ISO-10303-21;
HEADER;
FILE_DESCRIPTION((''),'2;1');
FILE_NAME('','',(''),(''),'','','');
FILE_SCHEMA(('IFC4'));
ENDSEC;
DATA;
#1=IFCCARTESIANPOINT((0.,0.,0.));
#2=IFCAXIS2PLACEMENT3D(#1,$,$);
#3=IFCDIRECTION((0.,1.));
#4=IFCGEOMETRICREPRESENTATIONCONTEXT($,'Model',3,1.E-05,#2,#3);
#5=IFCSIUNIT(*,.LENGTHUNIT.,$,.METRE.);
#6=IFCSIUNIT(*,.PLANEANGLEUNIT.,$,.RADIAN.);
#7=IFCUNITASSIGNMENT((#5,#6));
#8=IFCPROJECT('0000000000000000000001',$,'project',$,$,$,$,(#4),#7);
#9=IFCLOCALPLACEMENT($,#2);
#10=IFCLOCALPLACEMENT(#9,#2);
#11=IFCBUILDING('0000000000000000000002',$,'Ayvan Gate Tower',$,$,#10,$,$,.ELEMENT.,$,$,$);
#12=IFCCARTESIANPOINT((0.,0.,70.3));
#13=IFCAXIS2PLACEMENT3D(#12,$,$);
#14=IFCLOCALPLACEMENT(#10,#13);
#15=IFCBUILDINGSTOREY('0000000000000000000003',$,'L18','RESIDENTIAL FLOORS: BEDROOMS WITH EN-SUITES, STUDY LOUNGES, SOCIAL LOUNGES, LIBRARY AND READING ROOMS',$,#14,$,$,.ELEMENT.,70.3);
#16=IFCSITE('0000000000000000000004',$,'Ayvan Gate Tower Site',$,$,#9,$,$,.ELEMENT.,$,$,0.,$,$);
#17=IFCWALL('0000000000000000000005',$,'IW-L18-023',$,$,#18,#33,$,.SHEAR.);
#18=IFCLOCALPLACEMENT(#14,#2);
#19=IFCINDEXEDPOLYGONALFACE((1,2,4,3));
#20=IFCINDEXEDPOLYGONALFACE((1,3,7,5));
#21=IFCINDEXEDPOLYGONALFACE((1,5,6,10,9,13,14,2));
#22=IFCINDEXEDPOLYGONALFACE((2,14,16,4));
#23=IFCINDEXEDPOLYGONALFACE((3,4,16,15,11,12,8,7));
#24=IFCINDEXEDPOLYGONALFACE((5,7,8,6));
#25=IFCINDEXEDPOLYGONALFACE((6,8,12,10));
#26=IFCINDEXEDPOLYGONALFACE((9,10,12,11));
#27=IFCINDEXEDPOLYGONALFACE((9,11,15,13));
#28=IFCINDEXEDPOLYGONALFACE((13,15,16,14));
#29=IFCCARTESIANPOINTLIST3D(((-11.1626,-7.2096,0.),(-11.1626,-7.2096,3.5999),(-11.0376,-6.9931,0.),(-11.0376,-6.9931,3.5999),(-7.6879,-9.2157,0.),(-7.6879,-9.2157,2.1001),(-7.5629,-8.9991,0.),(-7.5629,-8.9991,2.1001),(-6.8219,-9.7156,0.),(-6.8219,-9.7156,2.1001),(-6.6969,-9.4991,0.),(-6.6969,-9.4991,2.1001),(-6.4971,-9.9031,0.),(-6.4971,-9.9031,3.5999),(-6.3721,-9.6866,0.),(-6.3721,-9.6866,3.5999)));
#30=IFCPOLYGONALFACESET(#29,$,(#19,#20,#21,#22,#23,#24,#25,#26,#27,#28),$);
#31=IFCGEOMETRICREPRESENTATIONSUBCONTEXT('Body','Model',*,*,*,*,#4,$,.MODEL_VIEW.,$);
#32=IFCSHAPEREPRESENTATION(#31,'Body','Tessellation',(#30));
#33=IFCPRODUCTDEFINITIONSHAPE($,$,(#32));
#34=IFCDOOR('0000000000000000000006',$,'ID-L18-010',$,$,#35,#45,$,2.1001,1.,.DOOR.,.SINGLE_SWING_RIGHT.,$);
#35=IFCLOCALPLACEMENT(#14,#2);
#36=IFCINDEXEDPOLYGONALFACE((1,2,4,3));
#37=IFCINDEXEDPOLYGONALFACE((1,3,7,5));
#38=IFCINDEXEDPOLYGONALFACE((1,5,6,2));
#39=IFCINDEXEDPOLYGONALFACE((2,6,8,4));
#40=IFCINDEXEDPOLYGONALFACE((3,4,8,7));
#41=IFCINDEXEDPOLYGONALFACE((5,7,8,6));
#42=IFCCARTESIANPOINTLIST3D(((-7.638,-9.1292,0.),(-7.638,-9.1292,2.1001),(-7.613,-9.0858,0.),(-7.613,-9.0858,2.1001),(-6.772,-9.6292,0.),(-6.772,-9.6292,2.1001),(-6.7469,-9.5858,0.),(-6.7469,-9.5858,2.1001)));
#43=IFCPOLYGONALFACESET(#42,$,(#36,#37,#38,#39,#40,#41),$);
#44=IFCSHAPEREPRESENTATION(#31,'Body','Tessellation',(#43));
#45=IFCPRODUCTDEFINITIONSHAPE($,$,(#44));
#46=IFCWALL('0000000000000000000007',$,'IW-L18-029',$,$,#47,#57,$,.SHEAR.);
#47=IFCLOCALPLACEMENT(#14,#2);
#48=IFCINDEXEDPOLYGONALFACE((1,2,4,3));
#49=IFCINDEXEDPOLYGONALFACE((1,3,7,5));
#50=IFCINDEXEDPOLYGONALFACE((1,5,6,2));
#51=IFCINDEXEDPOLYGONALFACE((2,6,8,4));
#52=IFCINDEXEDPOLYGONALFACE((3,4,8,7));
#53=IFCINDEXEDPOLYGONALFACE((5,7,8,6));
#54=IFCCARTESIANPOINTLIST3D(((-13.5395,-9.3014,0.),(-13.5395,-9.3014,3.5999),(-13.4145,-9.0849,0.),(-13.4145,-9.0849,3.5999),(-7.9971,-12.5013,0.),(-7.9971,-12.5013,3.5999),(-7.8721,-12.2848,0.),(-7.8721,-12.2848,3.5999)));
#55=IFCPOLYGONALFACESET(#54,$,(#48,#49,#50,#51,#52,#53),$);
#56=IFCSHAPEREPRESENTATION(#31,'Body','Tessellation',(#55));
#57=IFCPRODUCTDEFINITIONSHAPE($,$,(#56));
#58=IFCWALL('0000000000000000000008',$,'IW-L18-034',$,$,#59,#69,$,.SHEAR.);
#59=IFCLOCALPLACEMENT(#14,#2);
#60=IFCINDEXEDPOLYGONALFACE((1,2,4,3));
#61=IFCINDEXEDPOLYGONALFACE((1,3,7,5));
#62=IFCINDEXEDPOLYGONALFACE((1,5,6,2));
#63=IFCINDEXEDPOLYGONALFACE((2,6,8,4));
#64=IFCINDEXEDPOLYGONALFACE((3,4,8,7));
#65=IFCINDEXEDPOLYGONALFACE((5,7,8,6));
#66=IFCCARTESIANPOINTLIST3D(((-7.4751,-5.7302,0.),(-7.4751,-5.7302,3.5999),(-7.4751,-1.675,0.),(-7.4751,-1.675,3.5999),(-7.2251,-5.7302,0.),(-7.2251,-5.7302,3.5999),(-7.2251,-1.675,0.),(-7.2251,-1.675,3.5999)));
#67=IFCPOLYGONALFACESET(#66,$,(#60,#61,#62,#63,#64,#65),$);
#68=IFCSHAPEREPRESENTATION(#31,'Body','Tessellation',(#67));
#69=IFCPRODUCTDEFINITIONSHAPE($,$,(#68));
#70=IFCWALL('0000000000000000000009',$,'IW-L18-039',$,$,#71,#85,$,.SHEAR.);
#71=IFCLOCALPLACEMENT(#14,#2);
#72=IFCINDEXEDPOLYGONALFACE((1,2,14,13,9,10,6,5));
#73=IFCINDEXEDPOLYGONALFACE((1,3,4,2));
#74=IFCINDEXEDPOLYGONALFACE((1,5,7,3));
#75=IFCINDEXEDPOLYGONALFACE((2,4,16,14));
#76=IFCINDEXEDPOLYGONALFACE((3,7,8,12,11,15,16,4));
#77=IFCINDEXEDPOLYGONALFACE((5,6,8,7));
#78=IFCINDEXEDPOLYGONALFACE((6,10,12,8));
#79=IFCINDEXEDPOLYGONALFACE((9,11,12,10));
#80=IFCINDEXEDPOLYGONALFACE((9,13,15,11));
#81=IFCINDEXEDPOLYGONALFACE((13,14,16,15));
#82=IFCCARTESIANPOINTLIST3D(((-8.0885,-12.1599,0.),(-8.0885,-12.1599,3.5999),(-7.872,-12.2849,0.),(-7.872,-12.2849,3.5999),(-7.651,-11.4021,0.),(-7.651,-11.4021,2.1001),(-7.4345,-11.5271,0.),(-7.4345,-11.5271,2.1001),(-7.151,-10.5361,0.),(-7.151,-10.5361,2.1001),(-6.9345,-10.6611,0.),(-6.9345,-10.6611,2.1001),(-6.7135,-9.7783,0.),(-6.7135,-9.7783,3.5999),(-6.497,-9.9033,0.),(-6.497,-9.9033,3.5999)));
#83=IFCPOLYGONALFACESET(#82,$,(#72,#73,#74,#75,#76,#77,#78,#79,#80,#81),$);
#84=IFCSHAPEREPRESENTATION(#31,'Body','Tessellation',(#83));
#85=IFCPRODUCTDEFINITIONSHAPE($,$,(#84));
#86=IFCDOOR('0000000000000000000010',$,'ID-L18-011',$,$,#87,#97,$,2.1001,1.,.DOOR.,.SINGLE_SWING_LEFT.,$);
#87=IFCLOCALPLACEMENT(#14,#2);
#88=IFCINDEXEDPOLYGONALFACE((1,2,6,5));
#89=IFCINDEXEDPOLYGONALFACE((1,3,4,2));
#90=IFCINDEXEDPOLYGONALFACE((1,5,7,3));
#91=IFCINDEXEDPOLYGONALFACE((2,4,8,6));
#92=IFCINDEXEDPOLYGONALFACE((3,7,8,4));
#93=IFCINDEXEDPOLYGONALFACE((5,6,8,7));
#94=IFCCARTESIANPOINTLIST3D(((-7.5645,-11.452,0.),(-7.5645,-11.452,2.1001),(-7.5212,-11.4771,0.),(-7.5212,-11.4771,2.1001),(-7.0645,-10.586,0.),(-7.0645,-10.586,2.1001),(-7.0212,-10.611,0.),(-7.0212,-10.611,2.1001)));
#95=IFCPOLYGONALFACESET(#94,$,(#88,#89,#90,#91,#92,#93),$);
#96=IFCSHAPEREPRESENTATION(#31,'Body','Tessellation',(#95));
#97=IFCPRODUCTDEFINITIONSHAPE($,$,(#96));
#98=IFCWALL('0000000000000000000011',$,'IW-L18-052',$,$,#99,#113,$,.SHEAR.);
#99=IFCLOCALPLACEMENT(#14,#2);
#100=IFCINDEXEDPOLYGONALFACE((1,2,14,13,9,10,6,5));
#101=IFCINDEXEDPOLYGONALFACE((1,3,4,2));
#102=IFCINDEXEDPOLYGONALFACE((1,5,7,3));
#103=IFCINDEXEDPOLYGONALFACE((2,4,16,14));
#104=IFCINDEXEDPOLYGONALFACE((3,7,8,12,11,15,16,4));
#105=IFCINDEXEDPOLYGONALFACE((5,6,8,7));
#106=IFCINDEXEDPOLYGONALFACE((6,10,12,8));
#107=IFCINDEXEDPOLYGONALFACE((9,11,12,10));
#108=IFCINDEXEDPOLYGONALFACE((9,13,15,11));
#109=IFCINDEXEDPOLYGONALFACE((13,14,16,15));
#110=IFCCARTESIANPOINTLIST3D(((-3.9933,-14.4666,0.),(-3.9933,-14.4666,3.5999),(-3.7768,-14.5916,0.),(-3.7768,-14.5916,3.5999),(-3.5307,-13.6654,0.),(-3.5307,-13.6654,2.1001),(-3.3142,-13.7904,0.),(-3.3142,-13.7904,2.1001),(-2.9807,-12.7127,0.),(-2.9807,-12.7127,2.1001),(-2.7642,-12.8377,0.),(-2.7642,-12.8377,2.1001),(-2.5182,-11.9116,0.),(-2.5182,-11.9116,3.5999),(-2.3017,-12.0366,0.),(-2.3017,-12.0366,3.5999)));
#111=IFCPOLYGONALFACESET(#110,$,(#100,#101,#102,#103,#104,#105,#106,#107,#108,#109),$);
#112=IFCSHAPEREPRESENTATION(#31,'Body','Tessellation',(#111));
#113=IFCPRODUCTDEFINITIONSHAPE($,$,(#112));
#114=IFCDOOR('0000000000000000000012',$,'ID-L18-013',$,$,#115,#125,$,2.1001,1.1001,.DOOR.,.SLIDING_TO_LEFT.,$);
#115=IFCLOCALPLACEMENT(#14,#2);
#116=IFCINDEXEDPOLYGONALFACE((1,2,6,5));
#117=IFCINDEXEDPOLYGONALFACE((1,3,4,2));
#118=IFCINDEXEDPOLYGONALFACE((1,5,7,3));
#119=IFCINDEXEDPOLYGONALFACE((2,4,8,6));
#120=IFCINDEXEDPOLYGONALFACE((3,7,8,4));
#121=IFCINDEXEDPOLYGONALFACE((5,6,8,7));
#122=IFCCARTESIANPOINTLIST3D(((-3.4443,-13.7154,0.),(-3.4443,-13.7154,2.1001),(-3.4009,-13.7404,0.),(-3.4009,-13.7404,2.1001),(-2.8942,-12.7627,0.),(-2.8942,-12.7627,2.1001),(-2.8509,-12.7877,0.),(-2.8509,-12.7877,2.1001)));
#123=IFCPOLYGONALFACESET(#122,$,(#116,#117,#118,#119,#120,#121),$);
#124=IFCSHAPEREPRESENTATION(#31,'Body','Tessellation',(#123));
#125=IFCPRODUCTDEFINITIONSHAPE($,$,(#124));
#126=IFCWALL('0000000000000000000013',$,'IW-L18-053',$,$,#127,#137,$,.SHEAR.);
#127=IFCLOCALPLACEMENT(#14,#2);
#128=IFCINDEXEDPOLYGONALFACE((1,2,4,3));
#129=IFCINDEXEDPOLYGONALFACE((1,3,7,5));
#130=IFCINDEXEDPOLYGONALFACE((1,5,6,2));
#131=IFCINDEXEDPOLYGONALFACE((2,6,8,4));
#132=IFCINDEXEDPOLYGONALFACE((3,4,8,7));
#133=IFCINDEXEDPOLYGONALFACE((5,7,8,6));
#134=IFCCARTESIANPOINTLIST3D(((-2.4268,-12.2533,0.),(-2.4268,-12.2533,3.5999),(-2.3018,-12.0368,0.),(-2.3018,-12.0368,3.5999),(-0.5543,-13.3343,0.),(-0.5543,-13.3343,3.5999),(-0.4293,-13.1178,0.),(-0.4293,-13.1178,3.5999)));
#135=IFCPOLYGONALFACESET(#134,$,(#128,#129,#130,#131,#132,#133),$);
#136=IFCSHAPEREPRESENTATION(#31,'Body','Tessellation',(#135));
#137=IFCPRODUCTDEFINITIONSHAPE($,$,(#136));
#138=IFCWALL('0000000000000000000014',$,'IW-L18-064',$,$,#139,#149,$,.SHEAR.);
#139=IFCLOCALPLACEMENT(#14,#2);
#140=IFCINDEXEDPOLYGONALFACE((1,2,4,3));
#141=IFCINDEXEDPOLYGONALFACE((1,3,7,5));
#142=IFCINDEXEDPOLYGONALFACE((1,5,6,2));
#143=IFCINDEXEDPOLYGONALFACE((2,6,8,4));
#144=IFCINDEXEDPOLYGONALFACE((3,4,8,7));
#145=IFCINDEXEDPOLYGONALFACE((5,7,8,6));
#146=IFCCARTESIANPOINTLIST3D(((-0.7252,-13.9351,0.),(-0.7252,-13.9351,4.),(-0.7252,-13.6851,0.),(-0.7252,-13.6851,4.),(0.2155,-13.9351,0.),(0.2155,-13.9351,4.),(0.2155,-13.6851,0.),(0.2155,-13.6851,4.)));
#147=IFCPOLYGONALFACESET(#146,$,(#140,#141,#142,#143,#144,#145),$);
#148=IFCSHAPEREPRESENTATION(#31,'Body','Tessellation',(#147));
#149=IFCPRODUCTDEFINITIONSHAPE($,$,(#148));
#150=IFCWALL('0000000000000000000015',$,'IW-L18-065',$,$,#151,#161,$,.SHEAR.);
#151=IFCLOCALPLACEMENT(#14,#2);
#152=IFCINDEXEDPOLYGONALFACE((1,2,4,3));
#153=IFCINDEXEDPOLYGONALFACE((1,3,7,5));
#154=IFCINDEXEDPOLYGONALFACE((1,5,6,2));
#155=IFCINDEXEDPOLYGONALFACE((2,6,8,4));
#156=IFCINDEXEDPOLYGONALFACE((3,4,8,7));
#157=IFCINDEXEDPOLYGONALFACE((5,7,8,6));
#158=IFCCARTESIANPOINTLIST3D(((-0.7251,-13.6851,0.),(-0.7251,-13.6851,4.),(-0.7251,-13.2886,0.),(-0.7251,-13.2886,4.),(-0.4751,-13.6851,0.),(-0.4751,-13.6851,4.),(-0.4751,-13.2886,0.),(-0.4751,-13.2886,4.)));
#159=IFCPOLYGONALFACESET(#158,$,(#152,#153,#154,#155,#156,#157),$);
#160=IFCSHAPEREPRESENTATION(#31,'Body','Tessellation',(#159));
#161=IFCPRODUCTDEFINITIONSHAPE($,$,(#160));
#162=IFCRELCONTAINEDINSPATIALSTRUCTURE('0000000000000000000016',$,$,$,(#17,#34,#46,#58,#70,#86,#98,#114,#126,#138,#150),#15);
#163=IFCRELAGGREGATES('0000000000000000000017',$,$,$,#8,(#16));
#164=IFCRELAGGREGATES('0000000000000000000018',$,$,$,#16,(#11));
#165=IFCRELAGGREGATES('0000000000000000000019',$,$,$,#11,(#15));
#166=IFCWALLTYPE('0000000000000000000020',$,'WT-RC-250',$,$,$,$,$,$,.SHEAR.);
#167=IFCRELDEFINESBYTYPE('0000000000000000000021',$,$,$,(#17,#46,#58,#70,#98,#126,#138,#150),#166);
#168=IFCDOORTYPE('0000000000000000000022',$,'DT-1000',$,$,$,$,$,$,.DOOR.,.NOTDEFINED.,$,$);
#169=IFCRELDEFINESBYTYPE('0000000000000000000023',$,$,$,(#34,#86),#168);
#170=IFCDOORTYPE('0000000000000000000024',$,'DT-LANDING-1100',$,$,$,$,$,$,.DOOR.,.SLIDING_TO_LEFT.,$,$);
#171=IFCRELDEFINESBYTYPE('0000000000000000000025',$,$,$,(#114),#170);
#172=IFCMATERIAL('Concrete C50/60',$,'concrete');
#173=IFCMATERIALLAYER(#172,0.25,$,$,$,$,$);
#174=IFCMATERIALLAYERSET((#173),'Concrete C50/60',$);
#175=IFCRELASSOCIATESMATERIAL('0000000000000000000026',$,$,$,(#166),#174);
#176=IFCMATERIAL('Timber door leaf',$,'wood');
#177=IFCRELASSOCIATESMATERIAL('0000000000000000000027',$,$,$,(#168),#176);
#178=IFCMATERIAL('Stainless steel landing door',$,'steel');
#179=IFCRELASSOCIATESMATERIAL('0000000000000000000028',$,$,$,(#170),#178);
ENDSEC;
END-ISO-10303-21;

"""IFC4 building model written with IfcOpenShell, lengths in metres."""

from ifc_helpers import new_model, si_unit, direction, frame, frame_2d, origin, place, context, subcontext, project, spatial, rectangle, extrude, material, layer, layer_set, type_object, element, fill, save


model = new_model("IFC4")

# Units and contexts
model_context = context("Model", 3, precision=1e-05, world=origin(), true_north=direction((0.0, 1.0)))
body_context = subcontext(model_context, "Body", "Model", "MODEL_VIEW")
ifc_project = project(units=[si_unit("LENGTHUNIT", "METRE"), si_unit("PLANEANGLEUNIT", "RADIAN")], contexts=[model_context])

# Site, building, storey
site_placement = place(None, origin())
site = spatial("IfcSite", under=ifc_project, at=site_placement, Name="Ayvan Gate Tower Site", CompositionType="ELEMENT", RefElevation=0.0)
building_placement = place(site_placement, origin())
building = spatial("IfcBuilding", under=site, at=building_placement, Name="Ayvan Gate Tower", CompositionType="ELEMENT")
storey_placement = place(building_placement, frame((0.0, 0.0, 70.3)))
storey = spatial("IfcBuildingStorey", under=building, at=storey_placement, Name="L18", Description="RESIDENTIAL FLOORS: BEDROOMS WITH EN-SUITES, STUDY LOUNGES, SOCIAL LOUNGES, LIBRARY AND READING ROOMS", CompositionType="ELEMENT", Elevation=70.3)

# Shared definitions
ifc_material_1 = material(Name="Timber door leaf", Category="wood")

# Shared definitions
ifc_material_2 = material(Name="Concrete C50/60", Category="concrete")
ifc_layer_1 = layer(ifc_material_2, 0.25)
ifc_layer_set_1 = layer_set([ifc_layer_1], Name="Concrete C50/60")
wall_type_1 = type_object("IfcWallType", Name="WT-RC-250", PredefinedType="SHEAR", material=ifc_layer_set_1)

# Wall, opening, door
wall_1_placement = place(storey_placement, frame((-11.1001, -7.1013, 0.0), z_axis=(0.0, 0.0, 1.0), x_axis=(0.866029, -0.499994, 0.0)))
wall_1 = element("IfcWall", 1, at=wall_1_placement, inside=storey, type_object=wall_type_1, Name="IW-L18-023", PredefinedType="SHEAR", context=body_context, shape_type="SweptSolid", body=[
    extrude(rectangle(XDim=5.3872, YDim=0.25, at=frame_2d((2.6936, 0.0))), origin(), (0.0, 0.0, 1.0), 3.5999),
])
opening_1_placement = place(wall_1_placement, frame((4.0122, 0.0, 0.0)))
opening_1 = element("IfcOpeningElement", 2, at=opening_1_placement, cuts=wall_1, PredefinedType="OPENING", context=body_context, shape_type="SweptSolid", body=[
    extrude(rectangle(XDim=1.0, YDim=2.1001, at=frame_2d((0.5, 1.05))), frame((0.0, 0.135, 0.0), z_axis=(0.0, -1.0, 0.0), x_axis=(1.0, 0.0, 0.0)), (0.0, 0.0, 1.0), 0.27),
])
door_type_1 = type_object("IfcDoorType", Name="DT-1000", OperationType="NOTDEFINED", PredefinedType="DOOR", material=ifc_material_1)
door_1_placement = place(opening_1_placement, origin())
door_1 = element("IfcDoor", 3, at=door_1_placement, inside=storey, type_object=door_type_1, Name="ID-L18-010", OperationType="SINGLE_SWING_RIGHT", OverallHeight=2.1001, OverallWidth=1.0, PredefinedType="DOOR", context=body_context, shape_type="SweptSolid", body=[
    extrude(rectangle(XDim=1.0, YDim=2.1001, at=frame_2d((0.5, 1.05))), frame((0.0, 0.0249, 0.0), z_axis=(0.0, -1.0, 0.0), x_axis=(1.0, 0.0, 0.0)), (0.0, 0.0, 1.0), 0.05),
])
fill(opening_1, door_1)

# Walls
wall_2_placement = place(storey_placement, frame((-7.9346, -12.3931, 0.0), z_axis=(0.0, 0.0, 1.0), x_axis=(-0.866025, 0.5, 0.0)))
element("IfcWall", 4, at=wall_2_placement, inside=storey, type_object=wall_type_1, Name="IW-L18-029", PredefinedType="SHEAR", context=body_context, shape_type="SweptSolid", body=[
    extrude(rectangle(XDim=6.3999, YDim=0.25, at=frame_2d((3.2, 0.0))), origin(), (0.0, 0.0, 1.0), 3.5999),
])
wall_3_placement = place(storey_placement, frame((-7.3501, -5.7302, 0.0), z_axis=(0.0, 0.0, 1.0), x_axis=(0.0, 1.0, 0.0)))
element("IfcWall", 5, at=wall_3_placement, inside=storey, type_object=wall_type_1, Name="IW-L18-034", PredefinedType="SHEAR", context=body_context, shape_type="SweptSolid", body=[
    extrude(rectangle(XDim=4.0552, YDim=0.25, at=frame_2d((2.0276, 0.0))), origin(), (0.0, 0.0, 1.0), 3.5999),
])

# Walls, openings, doors
wall_4_placement = place(storey_placement, frame((-6.6052, -9.8408, 0.0), z_axis=(0.0, 0.0, 1.0), x_axis=(-0.499997, -0.866027, 0.0)))
wall_4 = element("IfcWall", 6, at=wall_4_placement, inside=storey, type_object=wall_type_1, Name="IW-L18-039", PredefinedType="SHEAR", context=body_context, shape_type="SweptSolid", body=[
    extrude(rectangle(XDim=2.75, YDim=0.25, at=frame_2d((1.375, 0.0))), origin(), (0.0, 0.0, 1.0), 3.5999),
])
opening_2_placement = place(wall_4_placement, frame((0.875, 0.0, 0.0)))
opening_2 = element("IfcOpeningElement", 7, at=opening_2_placement, cuts=wall_4, PredefinedType="OPENING", context=body_context, shape_type="SweptSolid", body=[
    extrude(rectangle(XDim=1.0, YDim=2.1001, at=frame_2d((0.5, 1.05))), frame((0.0, 0.135, 0.0), z_axis=(0.0, -1.0, 0.0), x_axis=(1.0, 0.0, 0.0)), (0.0, 0.0, 1.0), 0.27),
])
door_2_placement = place(opening_2_placement, origin())
door_2 = element("IfcDoor", 8, at=door_2_placement, inside=storey, type_object=door_type_1, Name="ID-L18-011", OperationType="SINGLE_SWING_LEFT", OverallHeight=2.1001, OverallWidth=1.0, PredefinedType="DOOR", context=body_context, shape_type="SweptSolid", body=[
    extrude(rectangle(XDim=1.0, YDim=2.1001, at=frame_2d((0.5, 1.05))), frame((0.0, 0.0249, 0.0), z_axis=(0.0, -1.0, 0.0), x_axis=(1.0, 0.0, 0.0)), (0.0, 0.0, 1.0), 0.05),
])
fill(opening_2, door_2)
wall_5_placement = place(storey_placement, frame((-2.4099, -11.9741, 0.0), z_axis=(0.0, 0.0, 1.0), x_axis=(-0.500002, -0.866024, 0.0)))
wall_5 = element("IfcWall", 9, at=wall_5_placement, inside=storey, type_object=wall_type_1, Name="IW-L18-052", PredefinedType="SHEAR", context=body_context, shape_type="SweptSolid", body=[
    extrude(rectangle(XDim=2.9502, YDim=0.25, at=frame_2d((1.4751, 0.0))), origin(), (0.0, 0.0, 1.0), 3.5999),
])
opening_3_placement = place(wall_5_placement, frame((0.925, 0.0, 0.0)))
opening_3 = element("IfcOpeningElement", 10, at=opening_3_placement, cuts=wall_5, PredefinedType="OPENING", context=body_context, shape_type="SweptSolid", body=[
    extrude(rectangle(XDim=1.1001, YDim=2.1001, at=frame_2d((0.55, 1.05))), frame((0.0, 0.135, 0.0), z_axis=(0.0, -1.0, 0.0), x_axis=(1.0, 0.0, 0.0)), (0.0, 0.0, 1.0), 0.27),
])
ifc_material_3 = material(Name="Stainless steel landing door", Category="steel")
door_type_2 = type_object("IfcDoorType", Name="DT-LANDING-1100", OperationType="SLIDING_TO_LEFT", PredefinedType="DOOR", material=ifc_material_3)
door_3_placement = place(opening_3_placement, origin())
door_3 = element("IfcDoor", 11, at=door_3_placement, inside=storey, type_object=door_type_2, Name="ID-L18-013", OperationType="SLIDING_TO_LEFT", OverallHeight=2.1001, OverallWidth=1.1001, PredefinedType="DOOR", context=body_context, shape_type="SweptSolid", body=[
    extrude(rectangle(XDim=1.1001, YDim=2.1001, at=frame_2d((0.55, 1.05))), frame((0.0, 0.0249, 0.0), z_axis=(0.0, -1.0, 0.0), x_axis=(1.0, 0.0, 0.0)), (0.0, 0.0, 1.0), 0.05),
])
fill(opening_3, door_3)

# Walls
wall_6_placement = place(storey_placement, frame((-2.3643, -12.145, 0.0), z_axis=(0.0, 0.0, 1.0), x_axis=(0.866039, -0.499977, 0.0)))
element("IfcWall", 12, at=wall_6_placement, inside=storey, type_object=wall_type_1, Name="IW-L18-053", PredefinedType="SHEAR", context=body_context, shape_type="SweptSolid", body=[
    extrude(rectangle(XDim=2.1621, YDim=0.25, at=frame_2d((1.0811, 0.0))), origin(), (0.0, 0.0, 1.0), 3.5999),
])
wall_7_placement = place(storey_placement, frame((-0.7251, -13.8101, 0.0), z_axis=(0.0, 0.0, 1.0), x_axis=(1.0, 0.0, 0.0)))
element("IfcWall", 13, at=wall_7_placement, inside=storey, type_object=wall_type_1, Name="IW-L18-064", PredefinedType="SHEAR", context=body_context, shape_type="SweptSolid", body=[
    extrude(rectangle(XDim=0.9407, YDim=0.25, at=frame_2d((0.4702, 0.0))), origin(), (0.0, 0.0, 1.0), 4.0),
])
wall_8_placement = place(storey_placement, frame((-0.6001, -13.2886, 0.0), z_axis=(0.0, 0.0, 1.0), x_axis=(0.0, -1.0, 0.0)))
element("IfcWall", 14, at=wall_8_placement, inside=storey, type_object=wall_type_1, Name="IW-L18-065", PredefinedType="SHEAR", context=body_context, shape_type="SweptSolid", body=[
    extrude(rectangle(XDim=0.3965, YDim=0.25, at=frame_2d((0.1982, 0.0))), origin(), (0.0, 0.0, 1.0), 4.0),
])

save(model, "model.ifc")
